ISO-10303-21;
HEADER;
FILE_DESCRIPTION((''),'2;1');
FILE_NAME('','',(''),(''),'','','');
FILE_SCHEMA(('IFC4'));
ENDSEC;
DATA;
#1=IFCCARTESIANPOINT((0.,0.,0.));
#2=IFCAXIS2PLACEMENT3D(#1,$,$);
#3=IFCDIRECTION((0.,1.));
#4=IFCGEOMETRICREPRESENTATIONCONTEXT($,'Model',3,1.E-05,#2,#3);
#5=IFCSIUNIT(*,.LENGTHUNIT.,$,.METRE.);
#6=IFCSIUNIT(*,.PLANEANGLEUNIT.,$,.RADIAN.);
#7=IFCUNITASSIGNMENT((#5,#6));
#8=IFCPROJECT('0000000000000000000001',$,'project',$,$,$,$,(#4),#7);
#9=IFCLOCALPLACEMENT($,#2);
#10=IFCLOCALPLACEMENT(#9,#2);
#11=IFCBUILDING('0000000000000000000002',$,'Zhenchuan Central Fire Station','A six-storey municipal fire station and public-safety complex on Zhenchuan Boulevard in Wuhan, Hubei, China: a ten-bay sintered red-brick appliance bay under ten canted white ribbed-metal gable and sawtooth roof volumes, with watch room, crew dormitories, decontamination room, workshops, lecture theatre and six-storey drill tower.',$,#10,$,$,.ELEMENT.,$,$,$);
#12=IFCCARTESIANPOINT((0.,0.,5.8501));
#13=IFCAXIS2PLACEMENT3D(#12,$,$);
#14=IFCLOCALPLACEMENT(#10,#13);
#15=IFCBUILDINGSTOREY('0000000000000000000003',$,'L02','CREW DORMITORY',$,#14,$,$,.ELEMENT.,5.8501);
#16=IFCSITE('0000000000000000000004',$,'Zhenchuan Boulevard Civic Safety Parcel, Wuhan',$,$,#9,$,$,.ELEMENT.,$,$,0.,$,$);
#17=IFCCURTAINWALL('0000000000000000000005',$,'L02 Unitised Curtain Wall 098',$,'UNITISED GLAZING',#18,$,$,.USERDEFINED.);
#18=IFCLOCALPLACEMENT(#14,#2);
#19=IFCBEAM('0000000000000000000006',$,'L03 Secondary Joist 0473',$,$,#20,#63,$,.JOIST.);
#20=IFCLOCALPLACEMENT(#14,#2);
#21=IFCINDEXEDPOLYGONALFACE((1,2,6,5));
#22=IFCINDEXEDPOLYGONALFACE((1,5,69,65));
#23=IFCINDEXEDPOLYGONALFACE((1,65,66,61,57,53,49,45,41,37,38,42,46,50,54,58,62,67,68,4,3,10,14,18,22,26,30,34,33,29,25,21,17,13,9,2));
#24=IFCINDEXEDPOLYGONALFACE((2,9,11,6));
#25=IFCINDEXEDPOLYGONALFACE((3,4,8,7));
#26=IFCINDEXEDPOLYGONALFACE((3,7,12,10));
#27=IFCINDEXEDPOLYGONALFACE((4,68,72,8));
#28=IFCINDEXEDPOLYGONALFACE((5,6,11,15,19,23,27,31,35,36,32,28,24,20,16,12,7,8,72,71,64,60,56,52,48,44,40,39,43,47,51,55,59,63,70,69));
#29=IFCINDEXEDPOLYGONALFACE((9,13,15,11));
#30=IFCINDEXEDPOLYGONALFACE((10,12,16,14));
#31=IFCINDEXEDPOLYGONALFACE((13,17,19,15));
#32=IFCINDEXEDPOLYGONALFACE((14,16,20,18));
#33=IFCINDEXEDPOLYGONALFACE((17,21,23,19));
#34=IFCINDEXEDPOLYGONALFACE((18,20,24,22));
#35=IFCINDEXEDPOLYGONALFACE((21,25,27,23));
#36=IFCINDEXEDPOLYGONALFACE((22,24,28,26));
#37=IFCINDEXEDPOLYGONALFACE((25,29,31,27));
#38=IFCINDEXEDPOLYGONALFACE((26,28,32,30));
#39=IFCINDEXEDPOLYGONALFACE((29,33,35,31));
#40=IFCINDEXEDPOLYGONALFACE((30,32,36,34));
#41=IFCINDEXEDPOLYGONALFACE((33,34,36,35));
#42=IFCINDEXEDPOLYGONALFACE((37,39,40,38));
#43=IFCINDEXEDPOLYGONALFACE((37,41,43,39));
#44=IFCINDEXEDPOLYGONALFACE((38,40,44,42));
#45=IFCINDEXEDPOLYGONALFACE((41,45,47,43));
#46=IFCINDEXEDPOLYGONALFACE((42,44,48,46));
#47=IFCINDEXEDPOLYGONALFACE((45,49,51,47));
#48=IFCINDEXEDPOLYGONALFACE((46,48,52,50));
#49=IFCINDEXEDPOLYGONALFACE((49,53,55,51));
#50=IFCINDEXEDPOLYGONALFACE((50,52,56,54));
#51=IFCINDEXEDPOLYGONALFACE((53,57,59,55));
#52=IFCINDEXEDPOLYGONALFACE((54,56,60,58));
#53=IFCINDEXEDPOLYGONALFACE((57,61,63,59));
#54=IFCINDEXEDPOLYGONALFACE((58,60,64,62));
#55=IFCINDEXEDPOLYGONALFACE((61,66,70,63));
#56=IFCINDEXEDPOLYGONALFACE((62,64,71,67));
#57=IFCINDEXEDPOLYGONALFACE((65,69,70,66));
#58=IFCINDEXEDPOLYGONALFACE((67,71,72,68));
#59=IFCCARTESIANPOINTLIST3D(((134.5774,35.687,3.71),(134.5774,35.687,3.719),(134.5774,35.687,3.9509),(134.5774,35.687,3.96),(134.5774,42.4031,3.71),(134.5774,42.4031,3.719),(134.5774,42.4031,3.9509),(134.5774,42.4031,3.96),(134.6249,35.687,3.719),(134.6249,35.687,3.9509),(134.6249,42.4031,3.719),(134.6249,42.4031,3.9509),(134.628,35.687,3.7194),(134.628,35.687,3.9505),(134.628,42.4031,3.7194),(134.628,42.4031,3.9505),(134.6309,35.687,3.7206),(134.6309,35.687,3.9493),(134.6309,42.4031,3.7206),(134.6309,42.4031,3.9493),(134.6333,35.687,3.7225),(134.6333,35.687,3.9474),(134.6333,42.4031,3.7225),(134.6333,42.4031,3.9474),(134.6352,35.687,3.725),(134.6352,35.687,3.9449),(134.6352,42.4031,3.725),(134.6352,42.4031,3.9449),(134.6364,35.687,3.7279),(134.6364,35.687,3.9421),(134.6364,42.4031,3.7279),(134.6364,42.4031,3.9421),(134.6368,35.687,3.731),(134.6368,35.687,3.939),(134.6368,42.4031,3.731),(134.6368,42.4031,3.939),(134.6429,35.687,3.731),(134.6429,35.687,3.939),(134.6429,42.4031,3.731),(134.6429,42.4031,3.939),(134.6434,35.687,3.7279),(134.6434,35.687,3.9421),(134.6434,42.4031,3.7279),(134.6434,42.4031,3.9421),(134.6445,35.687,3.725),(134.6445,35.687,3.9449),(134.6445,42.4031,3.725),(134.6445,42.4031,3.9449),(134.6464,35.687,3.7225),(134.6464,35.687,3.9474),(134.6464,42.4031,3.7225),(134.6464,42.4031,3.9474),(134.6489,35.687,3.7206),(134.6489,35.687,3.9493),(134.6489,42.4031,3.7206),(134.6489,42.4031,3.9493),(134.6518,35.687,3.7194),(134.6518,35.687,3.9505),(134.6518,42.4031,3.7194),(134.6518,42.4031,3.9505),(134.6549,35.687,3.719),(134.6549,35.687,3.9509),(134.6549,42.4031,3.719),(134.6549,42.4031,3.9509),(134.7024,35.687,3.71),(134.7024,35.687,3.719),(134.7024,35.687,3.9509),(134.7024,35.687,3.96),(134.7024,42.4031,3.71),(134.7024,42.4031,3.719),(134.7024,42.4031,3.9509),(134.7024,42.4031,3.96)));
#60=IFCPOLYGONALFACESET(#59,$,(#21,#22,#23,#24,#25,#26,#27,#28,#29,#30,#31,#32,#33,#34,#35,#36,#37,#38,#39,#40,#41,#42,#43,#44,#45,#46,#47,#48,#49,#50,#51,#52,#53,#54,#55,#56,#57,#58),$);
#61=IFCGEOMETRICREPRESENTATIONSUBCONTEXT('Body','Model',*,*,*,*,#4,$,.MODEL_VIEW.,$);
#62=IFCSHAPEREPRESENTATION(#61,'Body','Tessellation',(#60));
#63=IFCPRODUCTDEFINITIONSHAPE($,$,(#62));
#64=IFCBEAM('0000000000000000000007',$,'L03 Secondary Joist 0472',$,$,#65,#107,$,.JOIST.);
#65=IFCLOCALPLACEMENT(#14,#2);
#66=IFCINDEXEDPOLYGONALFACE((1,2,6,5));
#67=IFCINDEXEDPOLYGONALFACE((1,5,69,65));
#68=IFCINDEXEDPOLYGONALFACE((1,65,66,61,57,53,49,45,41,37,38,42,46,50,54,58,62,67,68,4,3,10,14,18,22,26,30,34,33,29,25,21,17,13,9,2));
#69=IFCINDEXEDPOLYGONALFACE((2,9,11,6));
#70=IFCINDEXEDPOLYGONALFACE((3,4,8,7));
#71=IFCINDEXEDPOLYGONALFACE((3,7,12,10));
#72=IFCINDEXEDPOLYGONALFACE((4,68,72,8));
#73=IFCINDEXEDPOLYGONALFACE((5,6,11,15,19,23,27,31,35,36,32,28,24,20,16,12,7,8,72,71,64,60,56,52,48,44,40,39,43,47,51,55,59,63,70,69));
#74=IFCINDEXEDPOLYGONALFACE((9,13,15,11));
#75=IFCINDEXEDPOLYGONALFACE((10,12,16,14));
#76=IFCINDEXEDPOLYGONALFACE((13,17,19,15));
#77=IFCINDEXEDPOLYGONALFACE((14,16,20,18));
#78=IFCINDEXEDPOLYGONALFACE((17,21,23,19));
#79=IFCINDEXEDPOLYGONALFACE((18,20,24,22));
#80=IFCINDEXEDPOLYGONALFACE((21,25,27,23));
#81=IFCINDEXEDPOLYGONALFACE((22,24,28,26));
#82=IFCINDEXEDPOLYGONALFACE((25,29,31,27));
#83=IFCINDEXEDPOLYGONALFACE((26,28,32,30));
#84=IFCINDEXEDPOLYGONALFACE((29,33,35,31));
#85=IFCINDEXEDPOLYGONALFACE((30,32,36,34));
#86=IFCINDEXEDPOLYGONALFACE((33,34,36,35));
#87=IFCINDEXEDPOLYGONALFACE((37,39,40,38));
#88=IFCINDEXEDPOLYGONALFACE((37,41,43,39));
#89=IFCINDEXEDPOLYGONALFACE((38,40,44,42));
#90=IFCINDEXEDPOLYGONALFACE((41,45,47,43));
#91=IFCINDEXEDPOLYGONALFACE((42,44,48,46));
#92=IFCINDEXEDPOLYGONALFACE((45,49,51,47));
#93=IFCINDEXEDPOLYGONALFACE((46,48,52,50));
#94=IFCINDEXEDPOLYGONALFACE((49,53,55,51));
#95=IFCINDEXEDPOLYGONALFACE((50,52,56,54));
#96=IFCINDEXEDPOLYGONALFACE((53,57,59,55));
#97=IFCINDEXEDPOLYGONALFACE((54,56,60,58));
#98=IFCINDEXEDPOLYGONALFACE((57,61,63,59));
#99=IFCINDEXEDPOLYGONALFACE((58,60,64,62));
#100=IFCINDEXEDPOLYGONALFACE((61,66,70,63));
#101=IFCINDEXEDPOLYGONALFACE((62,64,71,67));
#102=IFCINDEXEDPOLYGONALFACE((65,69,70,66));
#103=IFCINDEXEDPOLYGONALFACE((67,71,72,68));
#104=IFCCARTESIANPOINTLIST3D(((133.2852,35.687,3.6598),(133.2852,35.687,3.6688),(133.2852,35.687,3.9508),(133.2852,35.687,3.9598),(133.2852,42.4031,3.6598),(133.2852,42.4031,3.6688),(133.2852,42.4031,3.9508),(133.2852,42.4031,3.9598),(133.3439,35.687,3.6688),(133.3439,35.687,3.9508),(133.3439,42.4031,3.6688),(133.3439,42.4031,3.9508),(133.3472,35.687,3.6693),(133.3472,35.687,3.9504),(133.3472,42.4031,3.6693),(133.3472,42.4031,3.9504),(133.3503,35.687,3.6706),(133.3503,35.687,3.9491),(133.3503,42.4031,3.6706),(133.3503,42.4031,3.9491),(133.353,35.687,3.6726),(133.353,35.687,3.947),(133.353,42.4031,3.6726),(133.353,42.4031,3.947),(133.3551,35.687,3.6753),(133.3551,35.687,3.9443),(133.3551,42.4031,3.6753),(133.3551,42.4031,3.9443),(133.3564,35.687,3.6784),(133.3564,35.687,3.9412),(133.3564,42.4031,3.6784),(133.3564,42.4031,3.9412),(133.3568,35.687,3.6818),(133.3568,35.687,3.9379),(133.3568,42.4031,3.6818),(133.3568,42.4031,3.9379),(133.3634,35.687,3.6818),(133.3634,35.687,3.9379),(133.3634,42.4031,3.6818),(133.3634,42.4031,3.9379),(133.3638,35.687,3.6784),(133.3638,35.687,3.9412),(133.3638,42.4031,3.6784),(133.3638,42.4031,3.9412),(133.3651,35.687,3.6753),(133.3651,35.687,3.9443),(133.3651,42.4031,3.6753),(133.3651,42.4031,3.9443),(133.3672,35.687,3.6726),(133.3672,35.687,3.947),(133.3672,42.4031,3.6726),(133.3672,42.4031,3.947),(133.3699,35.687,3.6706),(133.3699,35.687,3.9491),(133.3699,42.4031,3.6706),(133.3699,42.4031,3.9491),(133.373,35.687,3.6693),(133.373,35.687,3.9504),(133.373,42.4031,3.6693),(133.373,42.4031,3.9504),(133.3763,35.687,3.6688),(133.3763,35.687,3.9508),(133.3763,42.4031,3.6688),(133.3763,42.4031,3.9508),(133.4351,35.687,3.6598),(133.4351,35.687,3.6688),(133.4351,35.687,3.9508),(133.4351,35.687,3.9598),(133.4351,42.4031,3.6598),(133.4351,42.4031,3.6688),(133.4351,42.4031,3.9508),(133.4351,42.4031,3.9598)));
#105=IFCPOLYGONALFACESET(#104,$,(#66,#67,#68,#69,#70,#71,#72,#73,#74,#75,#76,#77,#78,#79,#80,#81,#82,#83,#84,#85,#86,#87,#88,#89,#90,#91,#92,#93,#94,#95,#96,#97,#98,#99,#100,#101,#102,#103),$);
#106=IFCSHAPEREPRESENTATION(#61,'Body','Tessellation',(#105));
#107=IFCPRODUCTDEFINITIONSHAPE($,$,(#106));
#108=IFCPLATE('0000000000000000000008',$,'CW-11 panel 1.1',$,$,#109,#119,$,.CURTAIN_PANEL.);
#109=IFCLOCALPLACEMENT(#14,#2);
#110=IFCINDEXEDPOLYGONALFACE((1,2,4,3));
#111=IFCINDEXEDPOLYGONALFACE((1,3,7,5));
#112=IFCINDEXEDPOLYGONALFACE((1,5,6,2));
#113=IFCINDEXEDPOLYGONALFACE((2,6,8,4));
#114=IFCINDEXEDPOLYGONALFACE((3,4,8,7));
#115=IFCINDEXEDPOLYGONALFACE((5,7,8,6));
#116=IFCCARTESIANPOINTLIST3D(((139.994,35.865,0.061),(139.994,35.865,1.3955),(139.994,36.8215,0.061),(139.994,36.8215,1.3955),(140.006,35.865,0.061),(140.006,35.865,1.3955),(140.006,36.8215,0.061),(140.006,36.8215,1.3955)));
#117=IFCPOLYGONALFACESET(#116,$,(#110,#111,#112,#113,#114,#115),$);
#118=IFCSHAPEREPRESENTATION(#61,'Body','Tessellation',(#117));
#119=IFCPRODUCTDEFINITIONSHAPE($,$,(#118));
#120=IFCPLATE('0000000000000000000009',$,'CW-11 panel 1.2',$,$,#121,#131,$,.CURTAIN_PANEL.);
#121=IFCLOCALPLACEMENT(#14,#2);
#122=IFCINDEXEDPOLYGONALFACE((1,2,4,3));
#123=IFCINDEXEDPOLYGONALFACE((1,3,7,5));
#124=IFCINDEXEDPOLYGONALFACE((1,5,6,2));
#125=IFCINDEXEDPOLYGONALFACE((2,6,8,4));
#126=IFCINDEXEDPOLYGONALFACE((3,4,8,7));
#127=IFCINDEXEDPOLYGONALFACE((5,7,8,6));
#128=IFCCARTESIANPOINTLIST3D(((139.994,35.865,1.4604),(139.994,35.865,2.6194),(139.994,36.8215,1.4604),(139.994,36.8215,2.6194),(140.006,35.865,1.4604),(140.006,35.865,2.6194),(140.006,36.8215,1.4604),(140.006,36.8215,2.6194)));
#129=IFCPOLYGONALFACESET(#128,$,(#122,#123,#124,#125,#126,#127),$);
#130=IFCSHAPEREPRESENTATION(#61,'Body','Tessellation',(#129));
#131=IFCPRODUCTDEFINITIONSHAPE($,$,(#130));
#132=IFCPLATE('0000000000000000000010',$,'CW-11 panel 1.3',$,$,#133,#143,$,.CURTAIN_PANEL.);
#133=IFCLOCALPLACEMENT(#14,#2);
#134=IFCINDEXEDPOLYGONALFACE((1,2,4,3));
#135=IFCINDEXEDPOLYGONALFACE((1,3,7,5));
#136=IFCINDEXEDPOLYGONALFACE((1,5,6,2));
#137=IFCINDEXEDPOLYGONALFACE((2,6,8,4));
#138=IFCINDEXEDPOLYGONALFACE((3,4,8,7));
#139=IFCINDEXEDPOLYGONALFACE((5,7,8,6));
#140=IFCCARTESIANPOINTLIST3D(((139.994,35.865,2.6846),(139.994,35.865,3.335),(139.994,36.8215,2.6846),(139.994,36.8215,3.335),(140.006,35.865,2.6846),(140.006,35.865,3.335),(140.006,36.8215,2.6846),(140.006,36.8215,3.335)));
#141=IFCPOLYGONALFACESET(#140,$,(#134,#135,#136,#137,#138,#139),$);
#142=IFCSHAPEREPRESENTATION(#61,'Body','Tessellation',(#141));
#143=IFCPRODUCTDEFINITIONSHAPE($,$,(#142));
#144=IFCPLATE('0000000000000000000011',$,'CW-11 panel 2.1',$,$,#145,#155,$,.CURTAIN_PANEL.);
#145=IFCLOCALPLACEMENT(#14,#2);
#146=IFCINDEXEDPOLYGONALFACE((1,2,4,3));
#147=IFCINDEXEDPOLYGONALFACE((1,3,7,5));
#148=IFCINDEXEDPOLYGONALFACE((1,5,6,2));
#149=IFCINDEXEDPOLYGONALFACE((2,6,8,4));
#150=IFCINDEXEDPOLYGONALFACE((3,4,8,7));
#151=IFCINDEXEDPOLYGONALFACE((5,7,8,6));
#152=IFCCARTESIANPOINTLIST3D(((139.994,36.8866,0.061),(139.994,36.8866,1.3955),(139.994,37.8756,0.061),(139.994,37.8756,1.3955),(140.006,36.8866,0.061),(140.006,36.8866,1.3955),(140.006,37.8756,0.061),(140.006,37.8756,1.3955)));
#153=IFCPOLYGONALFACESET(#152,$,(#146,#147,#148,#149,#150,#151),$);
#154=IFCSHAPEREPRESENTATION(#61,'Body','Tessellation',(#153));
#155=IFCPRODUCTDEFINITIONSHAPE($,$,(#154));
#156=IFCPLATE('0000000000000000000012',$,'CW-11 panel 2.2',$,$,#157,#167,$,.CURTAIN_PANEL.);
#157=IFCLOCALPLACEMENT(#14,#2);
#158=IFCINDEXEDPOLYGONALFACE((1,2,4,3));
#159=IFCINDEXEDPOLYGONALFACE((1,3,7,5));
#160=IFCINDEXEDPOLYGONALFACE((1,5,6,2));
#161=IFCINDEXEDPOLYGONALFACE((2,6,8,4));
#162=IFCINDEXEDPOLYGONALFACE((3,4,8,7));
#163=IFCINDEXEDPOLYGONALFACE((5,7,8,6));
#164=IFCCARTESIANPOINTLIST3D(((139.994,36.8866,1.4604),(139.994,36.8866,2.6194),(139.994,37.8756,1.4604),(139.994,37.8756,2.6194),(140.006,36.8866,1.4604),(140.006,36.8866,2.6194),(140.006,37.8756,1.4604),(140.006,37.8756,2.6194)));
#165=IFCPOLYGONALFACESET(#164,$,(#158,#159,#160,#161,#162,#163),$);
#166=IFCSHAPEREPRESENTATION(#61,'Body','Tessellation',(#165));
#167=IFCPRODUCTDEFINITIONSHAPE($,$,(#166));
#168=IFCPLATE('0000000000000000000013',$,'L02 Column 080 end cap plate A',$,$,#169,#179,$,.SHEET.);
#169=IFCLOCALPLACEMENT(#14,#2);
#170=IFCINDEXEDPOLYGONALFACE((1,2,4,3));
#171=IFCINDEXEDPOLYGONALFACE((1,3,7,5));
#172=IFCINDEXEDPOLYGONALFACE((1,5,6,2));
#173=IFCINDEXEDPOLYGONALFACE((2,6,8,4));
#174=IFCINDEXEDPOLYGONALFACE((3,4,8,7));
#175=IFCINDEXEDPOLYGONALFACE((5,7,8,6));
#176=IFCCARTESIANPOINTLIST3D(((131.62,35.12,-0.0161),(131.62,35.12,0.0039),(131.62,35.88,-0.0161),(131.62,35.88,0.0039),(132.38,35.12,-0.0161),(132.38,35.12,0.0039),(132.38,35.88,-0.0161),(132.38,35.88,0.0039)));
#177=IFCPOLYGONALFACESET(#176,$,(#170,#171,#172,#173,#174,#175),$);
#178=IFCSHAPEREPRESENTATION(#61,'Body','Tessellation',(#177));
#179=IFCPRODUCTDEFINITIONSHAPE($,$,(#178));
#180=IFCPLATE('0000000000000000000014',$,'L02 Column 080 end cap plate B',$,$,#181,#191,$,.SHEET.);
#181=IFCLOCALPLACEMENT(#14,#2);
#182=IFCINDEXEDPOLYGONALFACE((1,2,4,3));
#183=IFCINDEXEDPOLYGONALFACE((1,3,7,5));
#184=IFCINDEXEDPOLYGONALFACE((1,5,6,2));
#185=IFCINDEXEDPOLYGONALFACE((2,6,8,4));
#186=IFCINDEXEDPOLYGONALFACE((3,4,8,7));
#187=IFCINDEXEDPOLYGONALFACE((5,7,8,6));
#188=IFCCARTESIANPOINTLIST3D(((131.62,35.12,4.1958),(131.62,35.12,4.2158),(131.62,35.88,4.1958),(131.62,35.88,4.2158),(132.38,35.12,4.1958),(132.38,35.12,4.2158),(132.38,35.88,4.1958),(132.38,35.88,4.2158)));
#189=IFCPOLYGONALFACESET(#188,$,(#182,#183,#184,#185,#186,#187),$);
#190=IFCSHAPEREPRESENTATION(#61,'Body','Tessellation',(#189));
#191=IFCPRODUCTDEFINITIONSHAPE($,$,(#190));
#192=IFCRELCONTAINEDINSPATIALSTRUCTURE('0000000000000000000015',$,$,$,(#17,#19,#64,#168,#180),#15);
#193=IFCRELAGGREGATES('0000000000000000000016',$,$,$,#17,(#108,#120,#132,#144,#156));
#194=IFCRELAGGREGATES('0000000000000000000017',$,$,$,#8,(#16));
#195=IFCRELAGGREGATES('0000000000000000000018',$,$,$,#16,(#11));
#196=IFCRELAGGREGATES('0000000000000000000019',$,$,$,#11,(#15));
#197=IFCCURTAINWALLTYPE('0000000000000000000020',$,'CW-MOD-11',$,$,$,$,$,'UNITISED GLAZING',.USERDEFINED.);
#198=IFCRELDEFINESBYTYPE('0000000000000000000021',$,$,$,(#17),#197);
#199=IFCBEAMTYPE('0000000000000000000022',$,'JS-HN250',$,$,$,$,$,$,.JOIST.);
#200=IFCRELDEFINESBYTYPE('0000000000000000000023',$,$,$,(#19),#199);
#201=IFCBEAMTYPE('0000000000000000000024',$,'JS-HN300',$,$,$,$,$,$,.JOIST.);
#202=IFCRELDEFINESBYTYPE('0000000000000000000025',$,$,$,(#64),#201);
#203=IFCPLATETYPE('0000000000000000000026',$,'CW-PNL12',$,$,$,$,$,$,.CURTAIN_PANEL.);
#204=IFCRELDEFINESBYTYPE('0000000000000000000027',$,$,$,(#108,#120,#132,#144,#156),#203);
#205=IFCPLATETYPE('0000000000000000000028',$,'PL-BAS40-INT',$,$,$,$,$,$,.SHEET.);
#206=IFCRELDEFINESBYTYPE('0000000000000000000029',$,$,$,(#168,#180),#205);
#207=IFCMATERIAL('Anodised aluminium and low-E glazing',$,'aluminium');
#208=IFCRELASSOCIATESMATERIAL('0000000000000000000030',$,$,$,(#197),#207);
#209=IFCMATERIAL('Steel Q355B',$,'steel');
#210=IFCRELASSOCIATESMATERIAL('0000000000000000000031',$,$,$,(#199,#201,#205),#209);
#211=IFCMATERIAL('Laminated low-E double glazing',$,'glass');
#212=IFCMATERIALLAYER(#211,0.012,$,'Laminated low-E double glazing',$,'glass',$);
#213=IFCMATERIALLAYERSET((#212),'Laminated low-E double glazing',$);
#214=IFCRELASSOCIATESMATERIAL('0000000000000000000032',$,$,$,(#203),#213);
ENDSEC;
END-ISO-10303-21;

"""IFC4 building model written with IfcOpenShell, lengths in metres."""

from ifc_helpers import new_model, si_unit, direction, frame, origin, origin_2d, place, context, subcontext, project, spatial, rectangle, i_section, extrude, material, layer, layer_set, material_profile, profile_set, type_object, element, aggregate, save


model = new_model("IFC4")

# Units and contexts
model_context = context("Model", 3, precision=1e-05, world=origin(), true_north=direction((0.0, 1.0)))
body_context = subcontext(model_context, "Body", "Model", "MODEL_VIEW")
ifc_project = project(units=[si_unit("LENGTHUNIT", "METRE"), si_unit("PLANEANGLEUNIT", "RADIAN")], contexts=[model_context])

# Site, building, storey
site_placement = place(None, origin())
site = spatial("IfcSite", under=ifc_project, at=site_placement, Name="Zhenchuan Boulevard Civic Safety Parcel, Wuhan", CompositionType="ELEMENT", RefElevation=0.0)
building_placement = place(site_placement, origin())
building = spatial("IfcBuilding", under=site, at=building_placement, Name="Zhenchuan Central Fire Station", Description="A six-storey municipal fire station and public-safety complex on Zhenchuan Boulevard in Wuhan, Hubei, China: a ten-bay sintered red-brick appliance bay under ten canted white ribbed-metal gable and sawtooth roof volumes, with watch room, crew dormitories, decontamination room, workshops, lecture theatre and six-storey drill tower.", CompositionType="ELEMENT")
storey_placement = place(building_placement, frame((0.0, 0.0, 5.8501)))
storey = spatial("IfcBuildingStorey", under=building, at=storey_placement, Name="L02", Description="CREW DORMITORY", CompositionType="ELEMENT", Elevation=5.8501)

# Shared definitions
ifc_material_1 = material(Name="Steel Q355B", Category="steel")

# Curtain wall
ifc_material_2 = material(Name="Anodised aluminium and low-E glazing", Category="aluminium")
curtain_wall_type = type_object("IfcCurtainWallType", Name="CW-MOD-11", ElementType="UNITISED GLAZING", PredefinedType="USERDEFINED", material=ifc_material_2)
curtain_wall_placement = place(storey_placement, origin())
curtain_wall = element("IfcCurtainWall", 1, at=curtain_wall_placement, inside=storey, type_object=curtain_wall_type, Name="L02 Unitised Curtain Wall 098", ObjectType="UNITISED GLAZING", PredefinedType="USERDEFINED")

# Beams
ifc_material_profile_1 = material_profile(ifc_material_1, i_section(OverallWidth=0.125, OverallDepth=0.25, WebThickness=0.0061, FlangeThickness=0.009, FilletRadius=0.012, at=origin_2d()), Name="HN 250x125")
ifc_profile_set_1 = profile_set([ifc_material_profile_1], Name="Steel Q355B")
beam_type_1 = type_object("IfcBeamType", Name="JS-HN250", PredefinedType="JOIST", material=ifc_profile_set_1)
beam_1_placement = place(storey_placement, frame((134.6399, 35.687, 3.835), z_axis=(0.0, 1.0, 0.0), x_axis=(-1.0, 0.0, 0.0)))
element("IfcBeam", 2, at=beam_1_placement, inside=storey, type_object=beam_type_1, Name="L03 Secondary Joist 0473", PredefinedType="JOIST", context=body_context, shape_type="SweptSolid", body=[
    extrude(i_section(OverallWidth=0.125, OverallDepth=0.25, WebThickness=0.0061, FlangeThickness=0.009, FilletRadius=0.012, at=origin_2d()), origin(), (0.0, 0.0, 1.0), 6.7161),
])
ifc_material_profile_2 = material_profile(ifc_material_1, i_section(OverallWidth=0.1499, OverallDepth=0.3, WebThickness=0.0066, FlangeThickness=0.009, FilletRadius=0.0129, at=origin_2d()), Name="HN 300x150")
ifc_profile_set_2 = profile_set([ifc_material_profile_2], Name="Steel Q355B")
beam_type_2 = type_object("IfcBeamType", Name="JS-HN300", PredefinedType="JOIST", material=ifc_profile_set_2)
beam_2_placement = place(storey_placement, frame((133.3601, 35.687, 3.8098), z_axis=(0.0, 1.0, 0.0), x_axis=(-1.0, 0.0, 0.0)))
element("IfcBeam", 3, at=beam_2_placement, inside=storey, type_object=beam_type_2, Name="L03 Secondary Joist 0472", PredefinedType="JOIST", context=body_context, shape_type="SweptSolid", body=[
    extrude(i_section(OverallWidth=0.1499, OverallDepth=0.3, WebThickness=0.0066, FlangeThickness=0.009, FilletRadius=0.0129, at=origin_2d()), origin(), (0.0, 0.0, 1.0), 6.7161),
])

# Plates
ifc_material_3 = material(Name="Laminated low-E double glazing", Category="glass")
ifc_layer_1 = layer(ifc_material_3, 0.012, Name="Laminated low-E double glazing", Category="glass")
ifc_layer_set_1 = layer_set([ifc_layer_1], Name="Laminated low-E double glazing")
plate_type_1 = type_object("IfcPlateType", Name="CW-PNL12", PredefinedType="CURTAIN_PANEL", material=ifc_layer_set_1)
plate_1_placement = place(storey_placement, frame((140.0, 36.3433, 0.061), z_axis=(0.0, 0.0, 1.0), x_axis=(0.0, 1.0, 0.0)))
plate_1 = element("IfcPlate", 4, at=plate_1_placement, type_object=plate_type_1, Name="CW-11 panel 1.1", PredefinedType="CURTAIN_PANEL", context=body_context, shape_type="SweptSolid", body=[
    extrude(rectangle(XDim=0.9565, YDim=0.012, at=origin_2d()), origin(), (0.0, 0.0, 1.0), 1.3345),
])
plate_2_placement = place(storey_placement, frame((140.0, 36.3433, 1.4604), z_axis=(0.0, 0.0, 1.0), x_axis=(0.0, 1.0, 0.0)))
plate_2 = element("IfcPlate", 5, at=plate_2_placement, type_object=plate_type_1, Name="CW-11 panel 1.2", PredefinedType="CURTAIN_PANEL", context=body_context, shape_type="SweptSolid", body=[
    extrude(rectangle(XDim=0.9565, YDim=0.012, at=origin_2d()), origin(), (0.0, 0.0, 1.0), 1.1589),
])
plate_3_placement = place(storey_placement, frame((140.0, 36.3433, 2.6846), z_axis=(0.0, 0.0, 1.0), x_axis=(0.0, 1.0, 0.0)))
plate_3 = element("IfcPlate", 6, at=plate_3_placement, type_object=plate_type_1, Name="CW-11 panel 1.3", PredefinedType="CURTAIN_PANEL", context=body_context, shape_type="SweptSolid", body=[
    extrude(rectangle(XDim=0.9565, YDim=0.012, at=origin_2d()), origin(), (0.0, 0.0, 1.0), 0.6504),
])
plate_4_placement = place(storey_placement, frame((140.0, 37.3811, 0.061), z_axis=(0.0, 0.0, 1.0), x_axis=(0.0, 1.0, 0.0)))
plate_4 = element("IfcPlate", 7, at=plate_4_placement, type_object=plate_type_1, Name="CW-11 panel 2.1", PredefinedType="CURTAIN_PANEL", context=body_context, shape_type="SweptSolid", body=[
    extrude(rectangle(XDim=0.989, YDim=0.012, at=origin_2d()), origin(), (0.0, 0.0, 1.0), 1.3345),
])
plate_5_placement = place(storey_placement, frame((140.0, 37.3811, 1.4604), z_axis=(0.0, 0.0, 1.0), x_axis=(0.0, 1.0, 0.0)))
plate_5 = element("IfcPlate", 8, at=plate_5_placement, type_object=plate_type_1, Name="CW-11 panel 2.2", PredefinedType="CURTAIN_PANEL", context=body_context, shape_type="SweptSolid", body=[
    extrude(rectangle(XDim=0.989, YDim=0.012, at=origin_2d()), origin(), (0.0, 0.0, 1.0), 1.1589),
])
aggregate(curtain_wall, [plate_1, plate_2, plate_3, plate_4, plate_5])

# Plates
ifc_material_profile_3 = material_profile(ifc_material_1, rectangle(XDim=0.76, YDim=0.76, at=origin_2d()), Name="PL 760x760x40")
ifc_profile_set_3 = profile_set([ifc_material_profile_3], Name="Steel Q355B")
plate_type_2 = type_object("IfcPlateType", Name="PL-BAS40-INT", PredefinedType="SHEET", material=ifc_profile_set_3)
for number, where, z_axis, x_axis, name in (
    (9, (132.0, 35.5, -0.0161), (0.0, 0.0, 1.0), (1.0, 0.0, 0.0), "L02 Column 080 end cap plate A"),
    (10, (132.0, 35.5, 4.1958), (0.0, 0.0, 1.0), (1.0, 0.0, 0.0), "L02 Column 080 end cap plate B"),
):
    element("IfcPlate", number, at=place(storey_placement, frame(where, z_axis=z_axis, x_axis=x_axis)), inside=storey, type_object=plate_type_2, Name=name, PredefinedType="SHEET", context=body_context, shape_type="SweptSolid", body=[
        extrude(rectangle(XDim=0.76, YDim=0.76, at=origin_2d()), origin(), (0.0, 0.0, 1.0), 0.02),
    ])

save(model, "model.ifc")
